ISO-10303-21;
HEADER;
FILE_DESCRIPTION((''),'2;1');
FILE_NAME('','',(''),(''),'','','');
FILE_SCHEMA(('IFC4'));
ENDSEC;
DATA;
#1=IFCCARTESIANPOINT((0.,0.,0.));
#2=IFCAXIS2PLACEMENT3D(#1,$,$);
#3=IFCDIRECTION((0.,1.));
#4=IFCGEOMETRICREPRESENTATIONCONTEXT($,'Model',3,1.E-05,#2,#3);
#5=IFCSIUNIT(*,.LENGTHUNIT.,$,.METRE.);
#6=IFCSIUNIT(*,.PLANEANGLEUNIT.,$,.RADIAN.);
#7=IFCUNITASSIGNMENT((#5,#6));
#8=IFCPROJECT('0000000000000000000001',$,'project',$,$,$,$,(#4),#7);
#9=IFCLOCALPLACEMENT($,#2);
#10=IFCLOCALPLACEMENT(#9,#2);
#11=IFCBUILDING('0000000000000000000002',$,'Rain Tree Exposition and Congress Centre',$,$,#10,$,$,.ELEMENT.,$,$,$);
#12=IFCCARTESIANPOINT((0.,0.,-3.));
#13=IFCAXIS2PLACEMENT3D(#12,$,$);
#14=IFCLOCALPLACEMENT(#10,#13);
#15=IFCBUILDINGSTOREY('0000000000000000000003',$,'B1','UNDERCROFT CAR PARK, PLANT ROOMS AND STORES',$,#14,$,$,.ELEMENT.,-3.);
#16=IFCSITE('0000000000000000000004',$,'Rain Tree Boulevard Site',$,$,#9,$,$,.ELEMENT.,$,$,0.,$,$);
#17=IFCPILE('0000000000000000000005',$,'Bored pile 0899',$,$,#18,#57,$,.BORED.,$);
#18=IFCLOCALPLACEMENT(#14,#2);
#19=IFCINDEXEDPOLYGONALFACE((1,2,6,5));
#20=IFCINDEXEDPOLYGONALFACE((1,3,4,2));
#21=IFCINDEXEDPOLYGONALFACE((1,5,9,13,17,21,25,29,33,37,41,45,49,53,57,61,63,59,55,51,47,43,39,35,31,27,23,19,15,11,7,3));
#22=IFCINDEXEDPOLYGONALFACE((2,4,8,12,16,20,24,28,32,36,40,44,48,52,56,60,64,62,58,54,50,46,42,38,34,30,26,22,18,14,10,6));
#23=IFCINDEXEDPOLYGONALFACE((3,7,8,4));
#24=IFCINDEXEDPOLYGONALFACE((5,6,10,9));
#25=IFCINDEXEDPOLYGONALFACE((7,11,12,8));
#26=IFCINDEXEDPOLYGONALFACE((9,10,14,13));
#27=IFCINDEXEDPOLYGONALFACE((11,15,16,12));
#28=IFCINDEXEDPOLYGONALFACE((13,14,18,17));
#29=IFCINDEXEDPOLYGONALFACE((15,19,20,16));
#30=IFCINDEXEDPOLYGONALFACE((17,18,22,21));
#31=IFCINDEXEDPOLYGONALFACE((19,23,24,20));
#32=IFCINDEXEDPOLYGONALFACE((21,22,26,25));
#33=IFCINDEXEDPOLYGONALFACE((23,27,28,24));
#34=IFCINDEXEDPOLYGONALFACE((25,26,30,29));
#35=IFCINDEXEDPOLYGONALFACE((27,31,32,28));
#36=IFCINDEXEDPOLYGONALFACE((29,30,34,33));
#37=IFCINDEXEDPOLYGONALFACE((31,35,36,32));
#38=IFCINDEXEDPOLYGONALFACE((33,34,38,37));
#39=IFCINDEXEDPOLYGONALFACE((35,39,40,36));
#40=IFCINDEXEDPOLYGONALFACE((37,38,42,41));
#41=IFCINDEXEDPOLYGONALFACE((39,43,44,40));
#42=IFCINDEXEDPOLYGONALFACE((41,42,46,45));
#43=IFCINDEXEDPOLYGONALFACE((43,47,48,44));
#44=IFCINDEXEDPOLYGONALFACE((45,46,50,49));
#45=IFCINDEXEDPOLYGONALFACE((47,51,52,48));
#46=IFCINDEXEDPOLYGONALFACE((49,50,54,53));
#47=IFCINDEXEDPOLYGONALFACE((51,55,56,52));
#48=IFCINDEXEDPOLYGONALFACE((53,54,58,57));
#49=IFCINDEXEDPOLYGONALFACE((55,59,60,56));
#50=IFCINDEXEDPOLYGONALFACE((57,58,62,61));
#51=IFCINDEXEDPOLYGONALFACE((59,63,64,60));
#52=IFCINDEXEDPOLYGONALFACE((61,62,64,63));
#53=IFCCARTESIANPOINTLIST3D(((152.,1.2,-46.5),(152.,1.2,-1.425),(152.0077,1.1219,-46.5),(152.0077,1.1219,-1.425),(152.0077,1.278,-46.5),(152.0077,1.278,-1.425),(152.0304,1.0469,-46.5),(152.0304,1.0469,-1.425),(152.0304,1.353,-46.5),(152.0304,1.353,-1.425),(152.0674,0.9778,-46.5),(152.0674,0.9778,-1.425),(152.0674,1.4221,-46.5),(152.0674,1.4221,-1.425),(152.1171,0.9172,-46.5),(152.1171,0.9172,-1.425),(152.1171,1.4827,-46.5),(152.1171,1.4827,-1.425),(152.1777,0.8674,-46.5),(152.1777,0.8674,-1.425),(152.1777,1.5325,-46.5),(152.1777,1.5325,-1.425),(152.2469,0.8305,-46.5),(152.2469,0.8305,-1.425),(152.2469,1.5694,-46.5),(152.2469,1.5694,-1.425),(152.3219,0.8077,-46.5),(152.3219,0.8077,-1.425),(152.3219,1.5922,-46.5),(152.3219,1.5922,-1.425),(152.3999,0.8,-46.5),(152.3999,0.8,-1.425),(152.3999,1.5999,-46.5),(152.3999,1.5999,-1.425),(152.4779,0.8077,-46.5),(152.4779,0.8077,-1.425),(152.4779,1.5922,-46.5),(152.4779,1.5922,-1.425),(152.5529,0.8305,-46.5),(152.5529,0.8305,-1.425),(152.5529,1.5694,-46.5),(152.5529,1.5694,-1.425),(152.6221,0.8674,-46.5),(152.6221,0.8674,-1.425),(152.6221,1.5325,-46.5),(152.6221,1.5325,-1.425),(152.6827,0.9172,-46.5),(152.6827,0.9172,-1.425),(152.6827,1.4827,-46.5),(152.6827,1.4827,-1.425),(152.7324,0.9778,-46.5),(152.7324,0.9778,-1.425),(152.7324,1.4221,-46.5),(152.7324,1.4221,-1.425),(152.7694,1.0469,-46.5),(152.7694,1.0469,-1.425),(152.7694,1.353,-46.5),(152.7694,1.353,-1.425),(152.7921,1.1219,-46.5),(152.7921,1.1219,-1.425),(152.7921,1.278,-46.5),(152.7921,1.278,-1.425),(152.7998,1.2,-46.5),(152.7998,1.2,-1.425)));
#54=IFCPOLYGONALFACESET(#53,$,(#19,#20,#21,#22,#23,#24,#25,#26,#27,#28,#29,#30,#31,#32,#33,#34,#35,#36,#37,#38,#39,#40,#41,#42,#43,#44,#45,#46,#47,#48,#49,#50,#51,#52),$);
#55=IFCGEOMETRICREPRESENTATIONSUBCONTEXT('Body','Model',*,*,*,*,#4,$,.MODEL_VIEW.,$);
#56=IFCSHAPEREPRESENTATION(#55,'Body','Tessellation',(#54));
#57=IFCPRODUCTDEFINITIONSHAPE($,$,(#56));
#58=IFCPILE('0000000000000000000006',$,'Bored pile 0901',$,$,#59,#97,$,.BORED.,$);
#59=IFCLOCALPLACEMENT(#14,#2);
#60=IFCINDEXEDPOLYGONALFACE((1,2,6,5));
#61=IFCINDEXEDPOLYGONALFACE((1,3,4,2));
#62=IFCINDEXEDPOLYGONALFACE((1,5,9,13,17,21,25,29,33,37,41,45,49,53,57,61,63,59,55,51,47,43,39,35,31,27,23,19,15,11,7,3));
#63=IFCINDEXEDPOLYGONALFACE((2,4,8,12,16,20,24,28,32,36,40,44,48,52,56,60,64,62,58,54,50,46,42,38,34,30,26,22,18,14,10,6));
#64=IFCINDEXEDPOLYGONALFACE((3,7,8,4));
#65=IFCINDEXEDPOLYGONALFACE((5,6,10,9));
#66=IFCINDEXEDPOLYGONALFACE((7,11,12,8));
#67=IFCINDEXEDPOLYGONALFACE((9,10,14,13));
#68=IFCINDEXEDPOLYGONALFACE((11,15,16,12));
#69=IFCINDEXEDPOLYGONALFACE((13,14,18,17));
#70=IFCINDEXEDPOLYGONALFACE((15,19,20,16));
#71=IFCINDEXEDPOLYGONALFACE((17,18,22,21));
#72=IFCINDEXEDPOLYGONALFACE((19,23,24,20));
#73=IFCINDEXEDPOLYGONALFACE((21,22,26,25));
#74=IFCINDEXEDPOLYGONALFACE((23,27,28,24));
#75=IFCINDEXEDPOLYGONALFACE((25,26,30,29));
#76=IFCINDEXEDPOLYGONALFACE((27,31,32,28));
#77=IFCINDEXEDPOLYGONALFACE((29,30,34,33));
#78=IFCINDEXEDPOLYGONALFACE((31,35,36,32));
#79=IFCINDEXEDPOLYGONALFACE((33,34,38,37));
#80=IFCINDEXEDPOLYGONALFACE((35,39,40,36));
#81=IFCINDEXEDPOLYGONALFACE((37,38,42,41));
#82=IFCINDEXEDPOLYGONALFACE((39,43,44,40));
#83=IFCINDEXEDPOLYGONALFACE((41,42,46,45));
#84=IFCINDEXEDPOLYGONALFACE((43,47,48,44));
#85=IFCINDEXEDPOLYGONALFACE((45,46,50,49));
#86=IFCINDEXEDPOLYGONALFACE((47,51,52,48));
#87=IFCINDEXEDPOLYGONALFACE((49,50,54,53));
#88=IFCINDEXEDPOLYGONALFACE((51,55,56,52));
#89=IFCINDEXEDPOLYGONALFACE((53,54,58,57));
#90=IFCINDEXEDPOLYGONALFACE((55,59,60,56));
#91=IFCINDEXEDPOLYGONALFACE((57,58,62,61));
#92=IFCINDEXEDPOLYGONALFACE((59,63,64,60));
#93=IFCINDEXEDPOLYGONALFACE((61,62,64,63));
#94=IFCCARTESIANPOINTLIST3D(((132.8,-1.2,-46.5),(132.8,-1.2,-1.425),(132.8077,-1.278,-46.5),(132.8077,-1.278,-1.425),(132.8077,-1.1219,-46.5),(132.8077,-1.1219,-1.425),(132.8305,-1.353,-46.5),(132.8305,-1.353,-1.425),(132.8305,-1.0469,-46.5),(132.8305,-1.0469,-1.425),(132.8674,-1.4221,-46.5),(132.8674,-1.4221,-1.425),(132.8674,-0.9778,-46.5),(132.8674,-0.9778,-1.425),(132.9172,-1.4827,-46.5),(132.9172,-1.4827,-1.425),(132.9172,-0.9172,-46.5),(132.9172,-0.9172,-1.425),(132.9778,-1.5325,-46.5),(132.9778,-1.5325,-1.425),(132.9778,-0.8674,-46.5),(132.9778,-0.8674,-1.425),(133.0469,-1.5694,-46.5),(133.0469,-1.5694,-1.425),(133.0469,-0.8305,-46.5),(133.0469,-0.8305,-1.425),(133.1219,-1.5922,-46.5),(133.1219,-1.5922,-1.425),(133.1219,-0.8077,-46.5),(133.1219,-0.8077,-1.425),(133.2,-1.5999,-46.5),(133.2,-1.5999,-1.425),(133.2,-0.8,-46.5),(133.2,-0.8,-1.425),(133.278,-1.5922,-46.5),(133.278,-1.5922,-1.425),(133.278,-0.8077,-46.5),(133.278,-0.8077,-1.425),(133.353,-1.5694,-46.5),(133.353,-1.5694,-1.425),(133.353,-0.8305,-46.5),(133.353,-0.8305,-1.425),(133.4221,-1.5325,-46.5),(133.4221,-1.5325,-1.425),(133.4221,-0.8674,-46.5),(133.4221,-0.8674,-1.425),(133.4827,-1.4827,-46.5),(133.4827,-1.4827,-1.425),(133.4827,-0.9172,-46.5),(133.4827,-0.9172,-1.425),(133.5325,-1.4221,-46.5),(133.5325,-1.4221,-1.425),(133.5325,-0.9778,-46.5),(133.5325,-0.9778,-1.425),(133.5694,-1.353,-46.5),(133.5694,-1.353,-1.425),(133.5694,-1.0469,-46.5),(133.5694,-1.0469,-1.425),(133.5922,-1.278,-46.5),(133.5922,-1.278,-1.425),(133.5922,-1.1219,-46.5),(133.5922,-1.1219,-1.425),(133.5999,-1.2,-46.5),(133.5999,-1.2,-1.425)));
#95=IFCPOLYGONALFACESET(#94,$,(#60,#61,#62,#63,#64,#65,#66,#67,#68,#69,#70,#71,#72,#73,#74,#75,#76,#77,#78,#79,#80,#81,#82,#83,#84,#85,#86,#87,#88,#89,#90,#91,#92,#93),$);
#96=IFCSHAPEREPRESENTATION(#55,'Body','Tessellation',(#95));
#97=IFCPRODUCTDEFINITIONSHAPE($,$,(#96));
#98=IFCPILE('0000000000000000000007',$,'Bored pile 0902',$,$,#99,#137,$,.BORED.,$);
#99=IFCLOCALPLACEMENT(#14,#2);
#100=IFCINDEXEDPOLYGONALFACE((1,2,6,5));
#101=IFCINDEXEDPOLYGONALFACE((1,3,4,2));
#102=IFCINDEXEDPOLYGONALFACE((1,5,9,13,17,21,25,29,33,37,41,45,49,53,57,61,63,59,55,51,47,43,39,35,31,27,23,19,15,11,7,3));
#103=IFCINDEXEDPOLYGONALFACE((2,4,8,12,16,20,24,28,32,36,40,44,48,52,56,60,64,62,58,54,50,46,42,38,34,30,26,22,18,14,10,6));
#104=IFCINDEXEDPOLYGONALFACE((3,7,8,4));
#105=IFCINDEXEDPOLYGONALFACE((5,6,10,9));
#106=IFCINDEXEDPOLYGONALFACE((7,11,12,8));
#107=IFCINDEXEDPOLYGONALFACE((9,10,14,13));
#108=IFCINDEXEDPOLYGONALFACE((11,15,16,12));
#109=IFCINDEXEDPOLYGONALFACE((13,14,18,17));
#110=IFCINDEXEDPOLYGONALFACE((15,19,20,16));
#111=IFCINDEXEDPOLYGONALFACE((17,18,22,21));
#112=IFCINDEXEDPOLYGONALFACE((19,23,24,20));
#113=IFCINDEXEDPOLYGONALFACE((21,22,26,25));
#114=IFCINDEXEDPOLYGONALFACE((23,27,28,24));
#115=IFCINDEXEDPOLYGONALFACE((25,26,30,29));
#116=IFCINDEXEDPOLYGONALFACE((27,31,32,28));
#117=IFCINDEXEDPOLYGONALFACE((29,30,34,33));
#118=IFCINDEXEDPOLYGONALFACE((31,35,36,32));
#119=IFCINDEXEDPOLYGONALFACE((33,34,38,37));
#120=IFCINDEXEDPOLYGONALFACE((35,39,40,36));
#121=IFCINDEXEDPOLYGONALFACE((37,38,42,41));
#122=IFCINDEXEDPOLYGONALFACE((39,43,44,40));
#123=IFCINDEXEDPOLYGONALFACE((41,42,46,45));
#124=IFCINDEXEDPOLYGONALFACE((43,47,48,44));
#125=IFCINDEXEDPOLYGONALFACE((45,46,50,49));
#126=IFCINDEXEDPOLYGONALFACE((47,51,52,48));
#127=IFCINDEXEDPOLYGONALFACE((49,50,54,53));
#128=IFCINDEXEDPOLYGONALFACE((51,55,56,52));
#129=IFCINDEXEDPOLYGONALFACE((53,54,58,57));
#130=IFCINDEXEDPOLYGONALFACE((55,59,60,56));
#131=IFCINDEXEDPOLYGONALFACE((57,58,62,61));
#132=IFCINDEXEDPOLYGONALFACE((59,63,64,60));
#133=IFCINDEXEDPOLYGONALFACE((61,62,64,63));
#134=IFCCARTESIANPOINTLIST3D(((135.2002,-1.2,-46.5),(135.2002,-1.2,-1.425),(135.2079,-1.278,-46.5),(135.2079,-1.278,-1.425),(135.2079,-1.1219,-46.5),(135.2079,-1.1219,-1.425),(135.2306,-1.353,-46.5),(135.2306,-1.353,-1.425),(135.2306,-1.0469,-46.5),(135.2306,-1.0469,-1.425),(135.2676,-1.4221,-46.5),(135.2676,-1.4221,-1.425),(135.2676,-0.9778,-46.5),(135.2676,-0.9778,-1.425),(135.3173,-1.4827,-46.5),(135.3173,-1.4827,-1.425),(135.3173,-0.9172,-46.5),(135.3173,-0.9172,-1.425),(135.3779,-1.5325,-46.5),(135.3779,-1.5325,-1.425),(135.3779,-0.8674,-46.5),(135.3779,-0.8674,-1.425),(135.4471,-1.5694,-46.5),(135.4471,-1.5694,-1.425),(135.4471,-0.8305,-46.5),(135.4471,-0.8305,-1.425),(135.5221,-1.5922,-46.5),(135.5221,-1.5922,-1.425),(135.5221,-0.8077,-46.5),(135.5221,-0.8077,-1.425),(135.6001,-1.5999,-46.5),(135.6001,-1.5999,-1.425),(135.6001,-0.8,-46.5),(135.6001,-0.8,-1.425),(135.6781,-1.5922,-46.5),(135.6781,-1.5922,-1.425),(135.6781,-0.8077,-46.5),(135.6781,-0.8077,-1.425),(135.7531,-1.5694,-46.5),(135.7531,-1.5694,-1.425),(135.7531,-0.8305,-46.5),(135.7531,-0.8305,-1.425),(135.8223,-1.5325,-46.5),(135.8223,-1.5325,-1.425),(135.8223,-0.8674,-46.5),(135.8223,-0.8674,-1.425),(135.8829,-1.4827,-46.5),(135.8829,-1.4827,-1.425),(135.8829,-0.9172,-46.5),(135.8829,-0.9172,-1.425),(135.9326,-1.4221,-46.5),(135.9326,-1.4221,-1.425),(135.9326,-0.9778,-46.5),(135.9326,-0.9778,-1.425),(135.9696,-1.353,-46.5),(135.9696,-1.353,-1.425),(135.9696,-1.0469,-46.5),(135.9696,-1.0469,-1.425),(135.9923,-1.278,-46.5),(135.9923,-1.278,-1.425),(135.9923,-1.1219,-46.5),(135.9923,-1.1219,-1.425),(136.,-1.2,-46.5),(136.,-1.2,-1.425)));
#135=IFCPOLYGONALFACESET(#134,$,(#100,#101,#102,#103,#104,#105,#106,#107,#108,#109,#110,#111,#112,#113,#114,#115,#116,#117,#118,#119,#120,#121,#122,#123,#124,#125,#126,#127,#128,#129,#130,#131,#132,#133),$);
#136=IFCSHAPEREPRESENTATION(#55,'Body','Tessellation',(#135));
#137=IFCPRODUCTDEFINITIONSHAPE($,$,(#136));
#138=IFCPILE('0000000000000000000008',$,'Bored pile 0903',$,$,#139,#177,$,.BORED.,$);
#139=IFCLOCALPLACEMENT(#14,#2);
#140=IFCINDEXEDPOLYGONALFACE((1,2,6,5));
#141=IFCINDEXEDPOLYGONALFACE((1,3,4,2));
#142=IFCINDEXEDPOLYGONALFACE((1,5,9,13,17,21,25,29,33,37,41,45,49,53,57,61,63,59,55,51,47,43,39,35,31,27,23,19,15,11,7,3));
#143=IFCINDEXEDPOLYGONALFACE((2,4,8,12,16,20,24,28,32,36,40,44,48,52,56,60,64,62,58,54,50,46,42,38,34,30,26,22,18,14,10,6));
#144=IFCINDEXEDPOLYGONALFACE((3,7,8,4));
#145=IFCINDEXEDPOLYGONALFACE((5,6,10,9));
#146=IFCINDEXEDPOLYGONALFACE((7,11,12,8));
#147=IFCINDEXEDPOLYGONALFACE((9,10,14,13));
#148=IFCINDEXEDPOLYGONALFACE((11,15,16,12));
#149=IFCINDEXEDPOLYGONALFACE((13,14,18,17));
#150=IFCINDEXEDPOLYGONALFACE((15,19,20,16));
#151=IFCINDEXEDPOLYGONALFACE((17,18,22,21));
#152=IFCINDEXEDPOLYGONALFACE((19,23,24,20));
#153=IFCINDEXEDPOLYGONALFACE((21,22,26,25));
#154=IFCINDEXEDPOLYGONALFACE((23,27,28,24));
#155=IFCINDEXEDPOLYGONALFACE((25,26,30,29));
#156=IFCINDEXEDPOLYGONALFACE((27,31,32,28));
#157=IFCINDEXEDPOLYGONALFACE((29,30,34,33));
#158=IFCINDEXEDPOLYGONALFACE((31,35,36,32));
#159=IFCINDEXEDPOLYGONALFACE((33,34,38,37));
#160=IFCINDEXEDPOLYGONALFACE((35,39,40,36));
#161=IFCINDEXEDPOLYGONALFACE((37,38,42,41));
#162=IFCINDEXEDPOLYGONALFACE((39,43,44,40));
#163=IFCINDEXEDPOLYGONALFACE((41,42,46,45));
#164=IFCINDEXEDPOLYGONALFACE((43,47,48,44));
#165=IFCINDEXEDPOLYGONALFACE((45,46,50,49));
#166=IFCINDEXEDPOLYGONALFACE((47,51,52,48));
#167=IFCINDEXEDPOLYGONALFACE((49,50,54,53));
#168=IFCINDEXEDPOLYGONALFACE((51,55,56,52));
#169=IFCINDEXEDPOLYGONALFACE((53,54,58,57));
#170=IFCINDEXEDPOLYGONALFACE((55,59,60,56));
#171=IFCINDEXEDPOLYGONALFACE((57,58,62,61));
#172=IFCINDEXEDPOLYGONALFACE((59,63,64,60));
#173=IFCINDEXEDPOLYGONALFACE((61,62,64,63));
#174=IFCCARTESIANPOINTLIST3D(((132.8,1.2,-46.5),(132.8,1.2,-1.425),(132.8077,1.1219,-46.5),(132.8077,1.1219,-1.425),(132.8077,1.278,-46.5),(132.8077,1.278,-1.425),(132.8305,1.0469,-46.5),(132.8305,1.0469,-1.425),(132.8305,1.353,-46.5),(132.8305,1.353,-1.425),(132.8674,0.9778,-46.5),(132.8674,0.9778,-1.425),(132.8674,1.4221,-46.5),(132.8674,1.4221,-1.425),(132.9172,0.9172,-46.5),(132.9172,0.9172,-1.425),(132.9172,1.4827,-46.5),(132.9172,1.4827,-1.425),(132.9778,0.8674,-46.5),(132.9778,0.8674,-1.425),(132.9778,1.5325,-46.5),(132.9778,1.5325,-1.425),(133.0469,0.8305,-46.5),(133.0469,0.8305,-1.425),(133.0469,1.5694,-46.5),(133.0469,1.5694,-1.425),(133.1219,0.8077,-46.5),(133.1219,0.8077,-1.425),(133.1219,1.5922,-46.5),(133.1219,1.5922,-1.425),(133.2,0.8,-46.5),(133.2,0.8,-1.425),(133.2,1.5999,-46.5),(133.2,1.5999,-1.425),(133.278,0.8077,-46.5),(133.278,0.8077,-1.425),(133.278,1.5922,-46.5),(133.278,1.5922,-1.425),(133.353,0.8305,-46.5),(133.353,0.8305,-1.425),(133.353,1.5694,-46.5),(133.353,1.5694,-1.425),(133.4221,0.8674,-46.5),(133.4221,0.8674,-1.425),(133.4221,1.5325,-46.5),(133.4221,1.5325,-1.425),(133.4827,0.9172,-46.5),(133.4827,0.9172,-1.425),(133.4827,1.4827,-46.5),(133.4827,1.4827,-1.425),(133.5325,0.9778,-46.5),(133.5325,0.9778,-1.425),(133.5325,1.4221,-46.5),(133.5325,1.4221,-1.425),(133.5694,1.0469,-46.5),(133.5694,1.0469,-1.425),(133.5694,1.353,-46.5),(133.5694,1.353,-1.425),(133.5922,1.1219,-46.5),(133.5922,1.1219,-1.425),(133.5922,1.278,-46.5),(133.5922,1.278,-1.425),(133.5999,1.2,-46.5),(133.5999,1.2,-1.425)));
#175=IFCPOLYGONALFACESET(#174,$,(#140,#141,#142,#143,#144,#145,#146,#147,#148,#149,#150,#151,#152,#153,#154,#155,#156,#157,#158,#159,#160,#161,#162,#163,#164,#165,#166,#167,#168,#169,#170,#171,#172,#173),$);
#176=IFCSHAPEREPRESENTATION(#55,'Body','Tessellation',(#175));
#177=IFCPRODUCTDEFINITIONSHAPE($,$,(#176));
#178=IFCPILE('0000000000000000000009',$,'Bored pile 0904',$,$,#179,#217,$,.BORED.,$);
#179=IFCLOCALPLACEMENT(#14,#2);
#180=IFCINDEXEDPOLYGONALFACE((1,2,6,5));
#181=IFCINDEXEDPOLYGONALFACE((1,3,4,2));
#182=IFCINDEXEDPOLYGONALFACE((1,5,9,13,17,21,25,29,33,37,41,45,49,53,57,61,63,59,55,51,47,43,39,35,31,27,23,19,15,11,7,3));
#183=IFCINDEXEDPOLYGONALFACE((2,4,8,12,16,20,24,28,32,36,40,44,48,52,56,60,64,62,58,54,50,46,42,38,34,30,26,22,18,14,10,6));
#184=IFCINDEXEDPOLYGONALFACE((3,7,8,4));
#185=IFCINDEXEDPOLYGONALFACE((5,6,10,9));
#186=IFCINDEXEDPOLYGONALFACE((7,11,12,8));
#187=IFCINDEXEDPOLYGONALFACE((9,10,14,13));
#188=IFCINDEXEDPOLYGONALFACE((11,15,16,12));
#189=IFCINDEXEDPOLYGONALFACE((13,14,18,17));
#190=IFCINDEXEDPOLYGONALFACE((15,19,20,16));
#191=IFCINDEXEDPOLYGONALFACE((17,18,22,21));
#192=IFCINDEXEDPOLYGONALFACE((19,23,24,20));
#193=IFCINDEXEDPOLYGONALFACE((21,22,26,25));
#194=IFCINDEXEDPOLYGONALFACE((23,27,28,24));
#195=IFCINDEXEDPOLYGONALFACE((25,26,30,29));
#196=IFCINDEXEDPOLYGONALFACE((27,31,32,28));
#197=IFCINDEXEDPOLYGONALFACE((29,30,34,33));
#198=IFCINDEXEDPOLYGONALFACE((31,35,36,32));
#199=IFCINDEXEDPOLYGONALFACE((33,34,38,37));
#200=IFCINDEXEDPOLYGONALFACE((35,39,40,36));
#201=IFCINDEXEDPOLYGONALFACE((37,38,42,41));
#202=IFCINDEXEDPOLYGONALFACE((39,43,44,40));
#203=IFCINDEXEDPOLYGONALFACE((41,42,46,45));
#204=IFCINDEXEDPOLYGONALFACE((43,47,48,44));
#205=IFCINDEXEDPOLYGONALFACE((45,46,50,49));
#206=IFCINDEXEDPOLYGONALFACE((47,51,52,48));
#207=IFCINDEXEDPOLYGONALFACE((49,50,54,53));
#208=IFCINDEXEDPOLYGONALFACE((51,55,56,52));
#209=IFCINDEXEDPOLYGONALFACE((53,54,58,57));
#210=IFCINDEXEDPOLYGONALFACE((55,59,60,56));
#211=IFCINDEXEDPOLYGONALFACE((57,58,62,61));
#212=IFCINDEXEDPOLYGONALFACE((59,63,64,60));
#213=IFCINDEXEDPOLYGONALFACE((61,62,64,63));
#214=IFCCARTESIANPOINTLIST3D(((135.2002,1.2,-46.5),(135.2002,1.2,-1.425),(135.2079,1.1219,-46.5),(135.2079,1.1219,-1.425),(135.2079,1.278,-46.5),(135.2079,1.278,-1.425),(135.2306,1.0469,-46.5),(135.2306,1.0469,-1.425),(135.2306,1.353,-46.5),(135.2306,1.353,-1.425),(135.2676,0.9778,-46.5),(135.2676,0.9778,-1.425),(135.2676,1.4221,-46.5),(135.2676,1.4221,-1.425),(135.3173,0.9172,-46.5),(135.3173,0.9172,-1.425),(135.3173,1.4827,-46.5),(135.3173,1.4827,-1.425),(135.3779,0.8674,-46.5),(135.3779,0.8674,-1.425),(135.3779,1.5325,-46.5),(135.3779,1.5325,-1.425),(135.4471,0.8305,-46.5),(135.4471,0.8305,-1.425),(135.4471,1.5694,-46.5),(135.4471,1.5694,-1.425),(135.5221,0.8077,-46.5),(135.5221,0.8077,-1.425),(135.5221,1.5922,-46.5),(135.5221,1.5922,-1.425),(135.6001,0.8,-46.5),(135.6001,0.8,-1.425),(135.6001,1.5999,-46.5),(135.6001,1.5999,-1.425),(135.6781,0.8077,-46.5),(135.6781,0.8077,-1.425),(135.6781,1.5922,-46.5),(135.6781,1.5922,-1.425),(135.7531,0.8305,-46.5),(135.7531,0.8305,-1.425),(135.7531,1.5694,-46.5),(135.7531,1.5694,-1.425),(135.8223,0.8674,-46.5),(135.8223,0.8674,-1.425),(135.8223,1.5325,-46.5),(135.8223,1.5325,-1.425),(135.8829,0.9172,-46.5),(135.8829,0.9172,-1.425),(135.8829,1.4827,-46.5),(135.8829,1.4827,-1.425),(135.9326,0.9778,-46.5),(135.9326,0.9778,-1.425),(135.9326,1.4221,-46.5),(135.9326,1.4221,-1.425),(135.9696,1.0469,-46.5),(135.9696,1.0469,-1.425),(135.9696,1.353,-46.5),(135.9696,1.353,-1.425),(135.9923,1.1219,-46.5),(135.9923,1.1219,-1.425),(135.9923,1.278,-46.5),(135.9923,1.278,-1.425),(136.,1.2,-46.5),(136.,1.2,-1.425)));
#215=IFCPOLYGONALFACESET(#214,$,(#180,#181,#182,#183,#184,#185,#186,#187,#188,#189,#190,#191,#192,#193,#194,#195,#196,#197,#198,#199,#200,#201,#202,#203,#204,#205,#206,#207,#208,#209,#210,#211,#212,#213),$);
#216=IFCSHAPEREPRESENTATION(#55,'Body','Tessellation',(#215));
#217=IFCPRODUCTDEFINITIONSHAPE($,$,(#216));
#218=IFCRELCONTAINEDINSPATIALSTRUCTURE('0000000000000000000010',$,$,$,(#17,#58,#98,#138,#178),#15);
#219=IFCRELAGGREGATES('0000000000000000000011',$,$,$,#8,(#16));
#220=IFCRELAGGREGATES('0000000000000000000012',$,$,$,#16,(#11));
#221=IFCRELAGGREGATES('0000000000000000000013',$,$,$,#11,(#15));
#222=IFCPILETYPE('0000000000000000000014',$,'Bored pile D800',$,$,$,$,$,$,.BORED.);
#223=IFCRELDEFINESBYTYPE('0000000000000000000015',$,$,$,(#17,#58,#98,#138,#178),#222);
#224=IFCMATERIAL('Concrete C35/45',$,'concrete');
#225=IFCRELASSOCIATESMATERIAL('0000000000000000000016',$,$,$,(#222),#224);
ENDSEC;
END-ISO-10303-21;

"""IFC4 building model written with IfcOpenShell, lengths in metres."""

from ifc_helpers import new_model, si_unit, direction, frame, origin, origin_2d, place, context, subcontext, project, spatial, circle, extrude, material, material_profile, profile_set, type_object, element, save


model = new_model("IFC4")

# Units and contexts
model_context = context("Model", 3, precision=1e-05, world=origin(), true_north=direction((0.0, 1.0)))
body_context = subcontext(model_context, "Body", "Model", "MODEL_VIEW")
ifc_project = project(units=[si_unit("LENGTHUNIT", "METRE"), si_unit("PLANEANGLEUNIT", "RADIAN")], contexts=[model_context])

# Site, building, storey
site_placement = place(None, origin())
site = spatial("IfcSite", under=ifc_project, at=site_placement, Name="Rain Tree Boulevard Site", CompositionType="ELEMENT", RefElevation=0.0)
building_placement = place(site_placement, origin())
building = spatial("IfcBuilding", under=site, at=building_placement, Name="Rain Tree Exposition and Congress Centre", CompositionType="ELEMENT")
storey_placement = place(building_placement, frame((0.0, 0.0, -3.0)))
storey = spatial("IfcBuildingStorey", under=building, at=storey_placement, Name="B1", Description="UNDERCROFT CAR PARK, PLANT ROOMS AND STORES", CompositionType="ELEMENT", Elevation=-3.0)

# Piles
ifc_material_1 = material(Name="Concrete C35/45", Category="concrete")
ifc_material_profile_1 = material_profile(ifc_material_1, circle(Radius=0.3999, at=origin_2d()), Name="D800")
ifc_profile_set_1 = profile_set([ifc_material_profile_1], Name="Concrete C35/45")
pile_type_1 = type_object("IfcPileType", Name="Bored pile D800", PredefinedType="BORED", material=ifc_profile_set_1)
for number, where, z_axis, x_axis, name in (
    (1, (152.3999, 1.2, -1.425), (0.0, 0.0, -1.0), (1.0, 0.0, 0.0), "Bored pile 0899"),
    (2, (133.2, -1.2, -1.425), (0.0, 0.0, -1.0), (1.0, 0.0, 0.0), "Bored pile 0901"),
    (3, (135.6001, -1.2, -1.425), (0.0, 0.0, -1.0), (1.0, 0.0, 0.0), "Bored pile 0902"),
    (4, (133.2, 1.2, -1.425), (0.0, 0.0, -1.0), (1.0, 0.0, 0.0), "Bored pile 0903"),
    (5, (135.6001, 1.2, -1.425), (0.0, 0.0, -1.0), (1.0, 0.0, 0.0), "Bored pile 0904"),
):
    element("IfcPile", number, at=place(storey_placement, frame(where, z_axis=z_axis, x_axis=x_axis)), inside=storey, type_object=pile_type_1, Name=name, PredefinedType="BORED", context=body_context, shape_type="SweptSolid", body=[
        extrude(circle(Radius=0.3999, at=origin_2d()), origin(), (0.0, 0.0, 1.0), 45.075),
    ])

save(model, "model.ifc")
